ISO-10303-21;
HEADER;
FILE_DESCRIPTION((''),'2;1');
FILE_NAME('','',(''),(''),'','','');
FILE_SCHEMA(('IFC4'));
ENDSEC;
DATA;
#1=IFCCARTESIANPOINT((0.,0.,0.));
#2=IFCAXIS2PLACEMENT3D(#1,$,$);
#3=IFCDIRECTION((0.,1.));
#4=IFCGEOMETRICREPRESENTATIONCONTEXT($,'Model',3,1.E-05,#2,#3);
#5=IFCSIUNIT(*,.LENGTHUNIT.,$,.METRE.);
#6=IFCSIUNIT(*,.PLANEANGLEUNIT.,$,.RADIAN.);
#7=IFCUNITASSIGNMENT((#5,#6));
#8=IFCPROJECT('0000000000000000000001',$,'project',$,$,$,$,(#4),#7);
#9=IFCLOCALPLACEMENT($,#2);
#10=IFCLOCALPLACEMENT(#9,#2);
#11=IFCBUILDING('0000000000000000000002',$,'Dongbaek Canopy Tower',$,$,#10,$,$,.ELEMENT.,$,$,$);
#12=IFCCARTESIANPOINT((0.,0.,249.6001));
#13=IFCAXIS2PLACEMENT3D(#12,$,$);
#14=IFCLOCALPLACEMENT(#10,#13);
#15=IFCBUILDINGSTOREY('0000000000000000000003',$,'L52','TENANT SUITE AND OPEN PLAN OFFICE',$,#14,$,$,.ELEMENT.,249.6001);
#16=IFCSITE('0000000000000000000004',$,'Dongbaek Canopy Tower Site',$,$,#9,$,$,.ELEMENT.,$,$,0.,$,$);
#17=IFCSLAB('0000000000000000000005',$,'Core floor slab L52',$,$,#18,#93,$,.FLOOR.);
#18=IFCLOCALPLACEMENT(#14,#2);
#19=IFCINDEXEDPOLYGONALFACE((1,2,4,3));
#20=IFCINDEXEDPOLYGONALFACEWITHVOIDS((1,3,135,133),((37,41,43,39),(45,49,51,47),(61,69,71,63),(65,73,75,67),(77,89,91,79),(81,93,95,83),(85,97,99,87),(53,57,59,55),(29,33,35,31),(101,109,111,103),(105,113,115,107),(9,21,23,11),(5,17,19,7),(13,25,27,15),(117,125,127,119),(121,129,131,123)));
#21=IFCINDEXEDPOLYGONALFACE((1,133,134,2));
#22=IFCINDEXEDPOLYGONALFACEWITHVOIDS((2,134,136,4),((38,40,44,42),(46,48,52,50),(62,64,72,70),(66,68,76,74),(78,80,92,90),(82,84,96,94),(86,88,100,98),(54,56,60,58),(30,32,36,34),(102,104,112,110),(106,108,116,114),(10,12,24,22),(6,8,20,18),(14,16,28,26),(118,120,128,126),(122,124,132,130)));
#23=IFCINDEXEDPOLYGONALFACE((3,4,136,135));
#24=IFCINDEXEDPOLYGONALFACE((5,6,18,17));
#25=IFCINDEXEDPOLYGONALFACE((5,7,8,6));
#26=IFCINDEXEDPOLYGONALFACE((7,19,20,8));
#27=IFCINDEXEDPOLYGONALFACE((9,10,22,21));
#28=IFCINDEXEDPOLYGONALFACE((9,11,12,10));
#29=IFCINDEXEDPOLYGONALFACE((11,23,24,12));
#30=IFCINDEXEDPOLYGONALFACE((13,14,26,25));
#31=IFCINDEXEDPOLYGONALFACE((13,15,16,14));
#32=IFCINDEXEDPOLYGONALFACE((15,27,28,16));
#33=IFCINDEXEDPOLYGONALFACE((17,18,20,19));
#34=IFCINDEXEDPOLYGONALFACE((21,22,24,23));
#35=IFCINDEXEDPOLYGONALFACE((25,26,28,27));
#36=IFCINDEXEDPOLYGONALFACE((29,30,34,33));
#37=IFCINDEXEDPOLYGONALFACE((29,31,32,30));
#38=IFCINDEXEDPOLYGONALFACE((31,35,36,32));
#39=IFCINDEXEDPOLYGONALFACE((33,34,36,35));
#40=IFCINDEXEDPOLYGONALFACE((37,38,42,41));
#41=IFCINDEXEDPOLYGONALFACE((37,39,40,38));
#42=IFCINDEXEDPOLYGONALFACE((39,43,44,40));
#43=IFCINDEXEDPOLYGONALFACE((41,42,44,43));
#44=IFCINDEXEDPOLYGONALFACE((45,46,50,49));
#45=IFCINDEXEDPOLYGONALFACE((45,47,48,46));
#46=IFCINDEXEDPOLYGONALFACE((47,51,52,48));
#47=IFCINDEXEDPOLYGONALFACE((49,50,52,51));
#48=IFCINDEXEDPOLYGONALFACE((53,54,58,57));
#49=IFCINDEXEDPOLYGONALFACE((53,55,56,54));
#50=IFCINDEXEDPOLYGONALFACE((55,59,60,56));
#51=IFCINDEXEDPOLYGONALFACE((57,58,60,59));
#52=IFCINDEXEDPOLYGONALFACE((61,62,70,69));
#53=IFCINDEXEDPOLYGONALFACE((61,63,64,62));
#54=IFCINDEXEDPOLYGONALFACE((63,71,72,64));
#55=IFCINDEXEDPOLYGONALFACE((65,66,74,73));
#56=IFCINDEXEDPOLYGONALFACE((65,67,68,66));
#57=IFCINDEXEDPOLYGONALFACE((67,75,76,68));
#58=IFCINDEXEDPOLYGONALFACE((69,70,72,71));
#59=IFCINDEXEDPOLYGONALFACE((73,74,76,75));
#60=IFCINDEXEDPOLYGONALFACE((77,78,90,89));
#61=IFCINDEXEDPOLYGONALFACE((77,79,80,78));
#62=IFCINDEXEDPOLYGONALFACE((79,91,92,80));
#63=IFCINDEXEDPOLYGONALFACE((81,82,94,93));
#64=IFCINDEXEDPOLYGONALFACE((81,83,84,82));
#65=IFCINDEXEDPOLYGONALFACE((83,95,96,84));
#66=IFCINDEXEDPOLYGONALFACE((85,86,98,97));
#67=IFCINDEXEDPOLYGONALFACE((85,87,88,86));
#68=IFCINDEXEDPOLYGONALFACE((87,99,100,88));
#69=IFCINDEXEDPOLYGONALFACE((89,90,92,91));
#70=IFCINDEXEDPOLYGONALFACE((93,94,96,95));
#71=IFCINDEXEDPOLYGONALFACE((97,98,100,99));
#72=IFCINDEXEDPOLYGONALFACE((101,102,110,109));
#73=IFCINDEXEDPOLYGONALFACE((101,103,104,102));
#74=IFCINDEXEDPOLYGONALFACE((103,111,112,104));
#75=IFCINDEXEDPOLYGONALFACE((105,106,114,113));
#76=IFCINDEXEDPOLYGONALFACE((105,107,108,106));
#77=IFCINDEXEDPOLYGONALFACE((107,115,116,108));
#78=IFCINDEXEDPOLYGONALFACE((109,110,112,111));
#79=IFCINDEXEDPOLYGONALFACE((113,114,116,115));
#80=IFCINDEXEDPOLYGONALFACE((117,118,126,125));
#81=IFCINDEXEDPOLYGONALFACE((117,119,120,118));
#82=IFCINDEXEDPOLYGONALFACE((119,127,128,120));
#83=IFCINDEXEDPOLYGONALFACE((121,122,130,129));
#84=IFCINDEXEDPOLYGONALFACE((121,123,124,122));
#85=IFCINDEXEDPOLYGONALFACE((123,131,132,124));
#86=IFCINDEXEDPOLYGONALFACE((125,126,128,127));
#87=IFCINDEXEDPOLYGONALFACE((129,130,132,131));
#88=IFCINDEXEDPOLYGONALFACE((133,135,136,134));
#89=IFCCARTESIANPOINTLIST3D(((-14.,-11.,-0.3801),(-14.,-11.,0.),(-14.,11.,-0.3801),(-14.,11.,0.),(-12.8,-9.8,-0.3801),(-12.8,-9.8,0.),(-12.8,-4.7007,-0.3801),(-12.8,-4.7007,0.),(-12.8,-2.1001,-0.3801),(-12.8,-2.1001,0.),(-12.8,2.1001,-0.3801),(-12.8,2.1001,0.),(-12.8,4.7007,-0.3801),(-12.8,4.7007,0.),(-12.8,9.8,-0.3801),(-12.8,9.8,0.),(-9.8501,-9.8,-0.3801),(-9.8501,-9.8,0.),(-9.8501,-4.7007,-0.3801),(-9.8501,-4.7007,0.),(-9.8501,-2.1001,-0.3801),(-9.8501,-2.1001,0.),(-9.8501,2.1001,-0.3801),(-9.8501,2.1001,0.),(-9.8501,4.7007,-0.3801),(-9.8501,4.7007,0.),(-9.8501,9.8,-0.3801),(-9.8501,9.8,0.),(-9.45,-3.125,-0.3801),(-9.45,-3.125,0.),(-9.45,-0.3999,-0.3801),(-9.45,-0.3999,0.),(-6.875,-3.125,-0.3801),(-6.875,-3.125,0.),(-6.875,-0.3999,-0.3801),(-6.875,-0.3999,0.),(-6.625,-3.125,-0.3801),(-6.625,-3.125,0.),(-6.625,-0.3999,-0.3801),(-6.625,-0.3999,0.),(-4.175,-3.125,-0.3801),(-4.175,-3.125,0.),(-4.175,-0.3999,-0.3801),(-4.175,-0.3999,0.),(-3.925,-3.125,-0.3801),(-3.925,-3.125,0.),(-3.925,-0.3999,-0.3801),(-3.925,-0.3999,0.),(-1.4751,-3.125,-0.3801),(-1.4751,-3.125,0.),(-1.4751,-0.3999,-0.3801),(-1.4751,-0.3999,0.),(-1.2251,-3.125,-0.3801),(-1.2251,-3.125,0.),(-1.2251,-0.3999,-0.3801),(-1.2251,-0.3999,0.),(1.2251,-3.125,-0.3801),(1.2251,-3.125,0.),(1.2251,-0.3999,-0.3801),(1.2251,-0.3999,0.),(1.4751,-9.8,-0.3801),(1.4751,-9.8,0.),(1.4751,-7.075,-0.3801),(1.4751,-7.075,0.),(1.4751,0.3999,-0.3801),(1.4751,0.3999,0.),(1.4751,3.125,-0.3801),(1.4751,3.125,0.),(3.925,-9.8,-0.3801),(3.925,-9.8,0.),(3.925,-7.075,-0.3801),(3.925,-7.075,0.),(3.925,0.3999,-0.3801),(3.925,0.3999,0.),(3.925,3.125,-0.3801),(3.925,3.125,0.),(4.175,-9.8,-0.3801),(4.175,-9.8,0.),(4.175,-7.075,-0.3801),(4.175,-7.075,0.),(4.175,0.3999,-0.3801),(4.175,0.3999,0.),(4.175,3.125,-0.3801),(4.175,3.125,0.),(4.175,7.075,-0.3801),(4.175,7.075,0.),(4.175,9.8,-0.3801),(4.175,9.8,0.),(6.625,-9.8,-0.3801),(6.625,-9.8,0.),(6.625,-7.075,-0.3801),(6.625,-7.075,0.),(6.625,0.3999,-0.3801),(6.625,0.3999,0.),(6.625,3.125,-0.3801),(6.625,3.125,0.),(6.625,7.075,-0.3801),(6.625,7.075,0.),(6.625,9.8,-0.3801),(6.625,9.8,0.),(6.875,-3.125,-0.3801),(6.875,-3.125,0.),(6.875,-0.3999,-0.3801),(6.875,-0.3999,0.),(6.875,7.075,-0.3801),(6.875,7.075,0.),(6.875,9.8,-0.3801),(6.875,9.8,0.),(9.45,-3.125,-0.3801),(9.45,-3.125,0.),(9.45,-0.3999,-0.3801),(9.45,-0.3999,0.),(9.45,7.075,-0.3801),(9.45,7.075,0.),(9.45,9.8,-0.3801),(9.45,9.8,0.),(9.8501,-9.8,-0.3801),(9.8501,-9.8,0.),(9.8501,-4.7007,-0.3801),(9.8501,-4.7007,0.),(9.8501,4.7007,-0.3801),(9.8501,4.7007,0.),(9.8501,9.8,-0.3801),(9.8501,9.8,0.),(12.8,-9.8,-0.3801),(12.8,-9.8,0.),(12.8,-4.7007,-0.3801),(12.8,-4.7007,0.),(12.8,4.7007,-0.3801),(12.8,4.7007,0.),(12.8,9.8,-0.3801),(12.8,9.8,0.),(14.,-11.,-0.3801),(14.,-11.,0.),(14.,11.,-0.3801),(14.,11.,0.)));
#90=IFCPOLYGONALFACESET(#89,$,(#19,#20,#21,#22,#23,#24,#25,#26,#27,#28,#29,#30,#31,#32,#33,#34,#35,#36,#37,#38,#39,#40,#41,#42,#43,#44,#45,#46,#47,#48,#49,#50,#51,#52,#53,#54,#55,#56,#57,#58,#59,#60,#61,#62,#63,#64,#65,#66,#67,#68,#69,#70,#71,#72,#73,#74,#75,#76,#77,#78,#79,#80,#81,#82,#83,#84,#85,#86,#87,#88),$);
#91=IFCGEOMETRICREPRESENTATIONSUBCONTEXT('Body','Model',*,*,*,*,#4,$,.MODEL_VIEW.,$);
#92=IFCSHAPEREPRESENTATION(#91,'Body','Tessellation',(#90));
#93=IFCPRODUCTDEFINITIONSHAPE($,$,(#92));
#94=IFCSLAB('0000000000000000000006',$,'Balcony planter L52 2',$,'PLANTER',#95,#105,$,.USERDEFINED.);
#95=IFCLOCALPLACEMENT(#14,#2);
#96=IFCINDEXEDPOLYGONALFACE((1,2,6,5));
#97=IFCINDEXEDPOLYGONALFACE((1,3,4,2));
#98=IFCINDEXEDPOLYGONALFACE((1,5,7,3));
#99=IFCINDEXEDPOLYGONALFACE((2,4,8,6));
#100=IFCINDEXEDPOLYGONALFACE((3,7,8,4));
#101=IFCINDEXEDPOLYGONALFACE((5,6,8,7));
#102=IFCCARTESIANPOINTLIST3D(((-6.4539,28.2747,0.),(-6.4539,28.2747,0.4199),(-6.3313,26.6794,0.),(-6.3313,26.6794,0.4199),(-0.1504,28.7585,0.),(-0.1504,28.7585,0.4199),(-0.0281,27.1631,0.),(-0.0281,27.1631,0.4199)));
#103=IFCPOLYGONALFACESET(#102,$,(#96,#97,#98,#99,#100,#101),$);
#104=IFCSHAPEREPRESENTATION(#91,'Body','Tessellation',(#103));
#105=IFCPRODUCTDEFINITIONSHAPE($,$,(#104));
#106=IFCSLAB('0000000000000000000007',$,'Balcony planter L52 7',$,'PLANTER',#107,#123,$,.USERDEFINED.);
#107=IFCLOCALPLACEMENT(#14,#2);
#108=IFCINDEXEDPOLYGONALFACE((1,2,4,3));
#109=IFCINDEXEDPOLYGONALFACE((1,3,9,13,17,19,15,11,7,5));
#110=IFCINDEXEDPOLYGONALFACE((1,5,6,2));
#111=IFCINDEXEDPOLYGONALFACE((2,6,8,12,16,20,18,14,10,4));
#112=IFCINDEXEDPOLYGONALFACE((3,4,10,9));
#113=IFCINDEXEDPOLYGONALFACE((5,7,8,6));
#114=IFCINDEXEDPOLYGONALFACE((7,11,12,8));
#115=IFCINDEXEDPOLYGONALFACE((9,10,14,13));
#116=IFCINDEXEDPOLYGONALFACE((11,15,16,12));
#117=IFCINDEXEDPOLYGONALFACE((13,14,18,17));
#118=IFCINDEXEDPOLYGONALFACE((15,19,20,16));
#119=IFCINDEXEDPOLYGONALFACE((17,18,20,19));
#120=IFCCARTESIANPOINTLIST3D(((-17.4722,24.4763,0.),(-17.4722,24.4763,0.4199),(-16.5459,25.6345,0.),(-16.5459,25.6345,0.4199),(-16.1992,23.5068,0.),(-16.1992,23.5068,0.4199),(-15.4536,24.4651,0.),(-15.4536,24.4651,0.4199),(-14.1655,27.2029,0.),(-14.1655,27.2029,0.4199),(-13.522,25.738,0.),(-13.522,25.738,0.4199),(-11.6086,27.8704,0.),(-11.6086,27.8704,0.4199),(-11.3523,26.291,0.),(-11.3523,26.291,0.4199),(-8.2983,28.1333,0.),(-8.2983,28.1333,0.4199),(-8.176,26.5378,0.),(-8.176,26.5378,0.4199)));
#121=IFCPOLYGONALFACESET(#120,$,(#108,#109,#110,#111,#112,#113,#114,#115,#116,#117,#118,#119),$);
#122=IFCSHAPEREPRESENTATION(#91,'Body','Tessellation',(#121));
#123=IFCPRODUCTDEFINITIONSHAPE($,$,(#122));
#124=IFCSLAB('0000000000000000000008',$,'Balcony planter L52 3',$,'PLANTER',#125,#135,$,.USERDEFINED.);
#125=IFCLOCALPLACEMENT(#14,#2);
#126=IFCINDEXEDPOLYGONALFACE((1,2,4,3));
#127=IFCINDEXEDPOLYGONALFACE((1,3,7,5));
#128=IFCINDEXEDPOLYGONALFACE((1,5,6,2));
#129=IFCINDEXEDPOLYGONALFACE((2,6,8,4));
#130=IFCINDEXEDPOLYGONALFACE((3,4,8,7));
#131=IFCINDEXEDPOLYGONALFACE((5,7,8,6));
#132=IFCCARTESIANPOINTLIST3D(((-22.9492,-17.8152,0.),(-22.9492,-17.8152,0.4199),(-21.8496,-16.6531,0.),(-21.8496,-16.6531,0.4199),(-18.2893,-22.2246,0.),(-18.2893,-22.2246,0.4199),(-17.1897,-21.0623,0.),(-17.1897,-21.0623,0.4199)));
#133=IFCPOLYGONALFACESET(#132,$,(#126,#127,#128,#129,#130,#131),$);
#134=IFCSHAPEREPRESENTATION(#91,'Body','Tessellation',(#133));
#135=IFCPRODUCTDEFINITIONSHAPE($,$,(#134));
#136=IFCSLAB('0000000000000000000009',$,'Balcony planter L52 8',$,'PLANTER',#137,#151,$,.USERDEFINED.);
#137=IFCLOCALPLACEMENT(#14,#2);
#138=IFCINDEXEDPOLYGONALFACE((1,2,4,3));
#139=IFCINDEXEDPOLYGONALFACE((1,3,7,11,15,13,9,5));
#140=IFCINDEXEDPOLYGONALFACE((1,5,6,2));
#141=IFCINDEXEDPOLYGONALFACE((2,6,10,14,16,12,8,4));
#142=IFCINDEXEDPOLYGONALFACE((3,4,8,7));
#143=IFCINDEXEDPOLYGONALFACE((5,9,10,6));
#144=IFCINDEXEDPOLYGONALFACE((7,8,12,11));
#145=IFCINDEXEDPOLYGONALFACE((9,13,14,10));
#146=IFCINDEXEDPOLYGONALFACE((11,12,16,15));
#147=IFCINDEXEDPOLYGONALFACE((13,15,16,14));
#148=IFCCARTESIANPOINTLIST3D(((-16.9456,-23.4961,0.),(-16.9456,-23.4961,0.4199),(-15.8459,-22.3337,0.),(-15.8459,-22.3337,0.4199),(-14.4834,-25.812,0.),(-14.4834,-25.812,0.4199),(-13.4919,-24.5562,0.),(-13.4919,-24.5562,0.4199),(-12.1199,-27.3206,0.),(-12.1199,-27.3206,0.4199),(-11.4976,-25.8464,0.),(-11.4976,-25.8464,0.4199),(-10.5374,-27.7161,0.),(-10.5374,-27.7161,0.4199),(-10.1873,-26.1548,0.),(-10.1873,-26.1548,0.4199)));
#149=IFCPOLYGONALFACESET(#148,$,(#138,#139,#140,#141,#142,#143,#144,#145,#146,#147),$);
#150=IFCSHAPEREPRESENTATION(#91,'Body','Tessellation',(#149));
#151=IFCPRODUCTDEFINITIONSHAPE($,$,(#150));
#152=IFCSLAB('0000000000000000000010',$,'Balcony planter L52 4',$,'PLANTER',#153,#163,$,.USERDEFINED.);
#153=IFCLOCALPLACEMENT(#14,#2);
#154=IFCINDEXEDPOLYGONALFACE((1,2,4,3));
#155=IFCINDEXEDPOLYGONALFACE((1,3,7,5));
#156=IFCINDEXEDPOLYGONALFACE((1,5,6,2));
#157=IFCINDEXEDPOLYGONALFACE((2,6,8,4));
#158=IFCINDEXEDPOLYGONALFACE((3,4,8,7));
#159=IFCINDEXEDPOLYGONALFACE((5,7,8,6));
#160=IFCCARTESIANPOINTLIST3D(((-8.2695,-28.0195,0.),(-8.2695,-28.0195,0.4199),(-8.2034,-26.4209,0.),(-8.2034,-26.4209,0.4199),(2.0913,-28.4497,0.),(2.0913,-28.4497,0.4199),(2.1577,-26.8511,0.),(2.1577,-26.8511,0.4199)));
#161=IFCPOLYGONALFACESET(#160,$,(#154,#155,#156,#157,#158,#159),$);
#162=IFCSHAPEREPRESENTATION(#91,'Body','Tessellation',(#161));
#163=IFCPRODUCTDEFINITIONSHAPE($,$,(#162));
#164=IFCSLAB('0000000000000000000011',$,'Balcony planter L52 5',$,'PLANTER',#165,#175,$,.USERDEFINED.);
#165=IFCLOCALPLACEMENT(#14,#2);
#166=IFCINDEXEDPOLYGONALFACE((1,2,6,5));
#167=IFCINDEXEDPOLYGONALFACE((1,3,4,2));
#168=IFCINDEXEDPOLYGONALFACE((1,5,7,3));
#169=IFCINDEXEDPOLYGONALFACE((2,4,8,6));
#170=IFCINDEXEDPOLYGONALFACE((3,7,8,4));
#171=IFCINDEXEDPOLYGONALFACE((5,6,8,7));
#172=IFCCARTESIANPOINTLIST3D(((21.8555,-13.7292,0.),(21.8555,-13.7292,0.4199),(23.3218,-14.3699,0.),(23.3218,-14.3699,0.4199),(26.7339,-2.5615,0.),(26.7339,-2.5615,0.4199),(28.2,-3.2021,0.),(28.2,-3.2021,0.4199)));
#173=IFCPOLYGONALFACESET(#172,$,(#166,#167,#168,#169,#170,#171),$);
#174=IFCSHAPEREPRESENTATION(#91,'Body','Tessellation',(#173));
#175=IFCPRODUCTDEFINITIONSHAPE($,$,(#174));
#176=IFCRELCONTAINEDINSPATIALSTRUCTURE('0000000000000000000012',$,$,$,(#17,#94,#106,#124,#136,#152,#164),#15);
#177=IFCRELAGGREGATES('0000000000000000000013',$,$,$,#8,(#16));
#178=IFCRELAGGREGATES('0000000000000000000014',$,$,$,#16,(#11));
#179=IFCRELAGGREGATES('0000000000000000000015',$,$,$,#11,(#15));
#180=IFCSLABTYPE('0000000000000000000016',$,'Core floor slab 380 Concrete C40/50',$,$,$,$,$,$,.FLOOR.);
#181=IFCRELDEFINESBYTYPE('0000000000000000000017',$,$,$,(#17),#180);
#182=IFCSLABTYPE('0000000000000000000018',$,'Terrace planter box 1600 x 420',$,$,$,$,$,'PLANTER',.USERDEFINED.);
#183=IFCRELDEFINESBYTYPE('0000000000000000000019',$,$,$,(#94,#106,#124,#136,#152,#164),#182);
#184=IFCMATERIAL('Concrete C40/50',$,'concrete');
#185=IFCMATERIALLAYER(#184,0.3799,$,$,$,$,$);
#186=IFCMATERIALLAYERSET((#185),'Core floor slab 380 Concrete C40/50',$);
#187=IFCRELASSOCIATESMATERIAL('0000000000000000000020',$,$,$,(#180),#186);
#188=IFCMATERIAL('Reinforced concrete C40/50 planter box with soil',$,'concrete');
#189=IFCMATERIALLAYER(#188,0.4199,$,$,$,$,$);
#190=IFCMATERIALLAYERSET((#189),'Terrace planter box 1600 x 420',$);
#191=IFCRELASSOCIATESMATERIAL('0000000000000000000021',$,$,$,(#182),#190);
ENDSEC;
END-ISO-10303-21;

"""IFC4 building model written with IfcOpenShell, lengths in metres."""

from ifc_helpers import new_model, si_unit, direction, frame, origin, place, context, subcontext, project, spatial, polyline, outline, extrude, material, layer, layer_set, type_object, element, save


model = new_model("IFC4")

# Units and contexts
model_context = context("Model", 3, precision=1e-05, world=origin(), true_north=direction((0.0, 1.0)))
body_context = subcontext(model_context, "Body", "Model", "MODEL_VIEW")
ifc_project = project(units=[si_unit("LENGTHUNIT", "METRE"), si_unit("PLANEANGLEUNIT", "RADIAN")], contexts=[model_context])

# Site, building, storey
site_placement = place(None, origin())
site = spatial("IfcSite", under=ifc_project, at=site_placement, Name="Dongbaek Canopy Tower Site", CompositionType="ELEMENT", RefElevation=0.0)
building_placement = place(site_placement, origin())
building = spatial("IfcBuilding", under=site, at=building_placement, Name="Dongbaek Canopy Tower", CompositionType="ELEMENT")
storey_placement = place(building_placement, frame((0.0, 0.0, 249.6001)))
storey = spatial("IfcBuildingStorey", under=building, at=storey_placement, Name="L52", Description="TENANT SUITE AND OPEN PLAN OFFICE", CompositionType="ELEMENT", Elevation=249.6001)

# Slabs
ifc_material_1 = material(Name="Concrete C40/50", Category="concrete")
ifc_layer_1 = layer(ifc_material_1, 0.3799)
ifc_layer_set_1 = layer_set([ifc_layer_1], Name="Core floor slab 380 Concrete C40/50")
slab_type_1 = type_object("IfcSlabType", Name="Core floor slab 380 Concrete C40/50", PredefinedType="FLOOR", material=ifc_layer_set_1)
slab_1_placement = place(storey_placement, frame((0.0, 0.0, -0.3801)))
element("IfcSlab", 1, at=slab_1_placement, inside=storey, type_object=slab_type_1, Name="Core floor slab L52", PredefinedType="FLOOR", context=body_context, shape_type="SweptSolid", body=[
    extrude(outline(polyline([(14.0, -11.0), (14.0, 11.0), (-14.0, 11.0), (-14.0, -11.0), (14.0, -11.0)]), holes=[polyline([(-12.8, 2.1001), (-9.8501, 2.1001), (-9.8501, -2.1001), (-12.8, -2.1001), (-12.8, 2.1001)]), polyline([(6.625, 9.8), (6.625, 7.075), (4.175, 7.075), (4.175, 9.8), (6.625, 9.8)]), polyline([(9.45, 7.075), (6.875, 7.075), (6.875, 9.8), (9.45, 9.8), (9.45, 7.075)]), polyline([(1.4751, 0.3999), (1.4751, 3.125), (3.925, 3.125), (3.925, 0.3999), (1.4751, 0.3999)]), polyline([(4.175, 0.3999), (4.175, 3.125), (6.625, 3.125), (6.625, 0.3999), (4.175, 0.3999)]), polyline([(-9.45, -0.3999), (-6.875, -0.3999), (-6.875, -3.125), (-9.45, -3.125), (-9.45, -0.3999)]), polyline([(-6.625, -3.125), (-6.625, -0.3999), (-4.175, -0.3999), (-4.175, -3.125), (-6.625, -3.125)]), polyline([(-3.925, -3.125), (-3.925, -0.3999), (-1.4751, -0.3999), (-1.4751, -3.125), (-3.925, -3.125)]), polyline([(-1.2251, -3.125), (-1.2251, -0.3999), (1.2251, -0.3999), (1.2251, -3.125), (-1.2251, -3.125)]), polyline([(9.45, -3.125), (6.875, -3.125), (6.875, -0.3999), (9.45, -0.3999), (9.45, -3.125)]), polyline([(1.4751, -9.8), (1.4751, -7.075), (3.925, -7.075), (3.925, -9.8), (1.4751, -9.8)]), polyline([(4.175, -9.8), (4.175, -7.075), (6.625, -7.075), (6.625, -9.8), (4.175, -9.8)]), polyline([(12.8, 4.7007), (12.8, 9.8), (9.8501, 9.8), (9.8501, 4.7007), (12.8, 4.7007)]), polyline([(-9.8501, 4.7007), (-9.8501, 9.8), (-12.8, 9.8), (-12.8, 4.7007), (-9.8501, 4.7007)]), polyline([(9.8501, -4.7007), (9.8501, -9.8), (12.8, -9.8), (12.8, -4.7007), (9.8501, -4.7007)]), polyline([(-12.8, -4.7007), (-12.8, -9.8), (-9.8501, -9.8), (-9.8501, -4.7007), (-12.8, -4.7007)])]), origin(), (0.0, 0.0, 1.0), 0.3801),
])
ifc_material_2 = material(Name="Reinforced concrete C40/50 planter box with soil", Category="concrete")
ifc_layer_2 = layer(ifc_material_2, 0.4199)
ifc_layer_set_2 = layer_set([ifc_layer_2], Name="Terrace planter box 1600 x 420")
slab_type_2 = type_object("IfcSlabType", Name="Terrace planter box 1600 x 420", ElementType="PLANTER", PredefinedType="USERDEFINED", material=ifc_layer_set_2)
slab_2_placement = place(storey_placement, origin())
element("IfcSlab", 2, at=slab_2_placement, inside=storey, type_object=slab_type_2, Name="Balcony planter L52 2", ObjectType="PLANTER", PredefinedType="USERDEFINED", context=body_context, shape_type="SweptSolid", body=[
    extrude(outline(polyline([(-0.0281, 27.1631), (-6.3313, 26.6794), (-6.4539, 28.2747), (-0.1504, 28.7585), (-0.0281, 27.1631)])), origin(), (0.0, 0.0, 1.0), 0.4199),
])
slab_3_placement = place(storey_placement, origin())
element("IfcSlab", 3, at=slab_3_placement, inside=storey, type_object=slab_type_2, Name="Balcony planter L52 7", ObjectType="PLANTER", PredefinedType="USERDEFINED", context=body_context, shape_type="SweptSolid", body=[
    extrude(outline(polyline([(-8.176, 26.5378), (-11.3523, 26.291), (-13.522, 25.738), (-15.4536, 24.4651), (-16.1992, 23.5068), (-17.4722, 24.4763), (-16.5459, 25.6345), (-14.1655, 27.2029), (-11.6086, 27.8704), (-8.2983, 28.1333), (-8.176, 26.5378)])), origin(), (0.0, 0.0, 1.0), 0.4199),
])
slab_4_placement = place(storey_placement, origin())
element("IfcSlab", 4, at=slab_4_placement, inside=storey, type_object=slab_type_2, Name="Balcony planter L52 3", ObjectType="PLANTER", PredefinedType="USERDEFINED", context=body_context, shape_type="SweptSolid", body=[
    extrude(outline(polyline([(-21.8496, -16.6531), (-17.1897, -21.0623), (-18.2893, -22.2246), (-22.9492, -17.8152), (-21.8496, -16.6531)])), origin(), (0.0, 0.0, 1.0), 0.4199),
])
slab_5_placement = place(storey_placement, origin())
element("IfcSlab", 5, at=slab_5_placement, inside=storey, type_object=slab_type_2, Name="Balcony planter L52 8", ObjectType="PLANTER", PredefinedType="USERDEFINED", context=body_context, shape_type="SweptSolid", body=[
    extrude(outline(polyline([(-15.8459, -22.3337), (-13.4919, -24.5562), (-11.4976, -25.8464), (-10.1873, -26.1548), (-10.5374, -27.7161), (-12.1199, -27.3206), (-14.4834, -25.812), (-16.9456, -23.4961), (-15.8459, -22.3337)])), origin(), (0.0, 0.0, 1.0), 0.4199),
])
slab_6_placement = place(storey_placement, origin())
element("IfcSlab", 6, at=slab_6_placement, inside=storey, type_object=slab_type_2, Name="Balcony planter L52 4", ObjectType="PLANTER", PredefinedType="USERDEFINED", context=body_context, shape_type="SweptSolid", body=[
    extrude(outline(polyline([(-8.2034, -26.4209), (2.1577, -26.8511), (2.0913, -28.4497), (-8.2695, -28.0195), (-8.2034, -26.4209)])), origin(), (0.0, 0.0, 1.0), 0.4199),
])
slab_7_placement = place(storey_placement, origin())
element("IfcSlab", 7, at=slab_7_placement, inside=storey, type_object=slab_type_2, Name="Balcony planter L52 5", ObjectType="PLANTER", PredefinedType="USERDEFINED", context=body_context, shape_type="SweptSolid", body=[
    extrude(outline(polyline([(21.8555, -13.7292), (26.7339, -2.5615), (28.2, -3.2021), (23.3218, -14.3699), (21.8555, -13.7292)])), origin(), (0.0, 0.0, 1.0), 0.4199),
])

save(model, "model.ifc")
